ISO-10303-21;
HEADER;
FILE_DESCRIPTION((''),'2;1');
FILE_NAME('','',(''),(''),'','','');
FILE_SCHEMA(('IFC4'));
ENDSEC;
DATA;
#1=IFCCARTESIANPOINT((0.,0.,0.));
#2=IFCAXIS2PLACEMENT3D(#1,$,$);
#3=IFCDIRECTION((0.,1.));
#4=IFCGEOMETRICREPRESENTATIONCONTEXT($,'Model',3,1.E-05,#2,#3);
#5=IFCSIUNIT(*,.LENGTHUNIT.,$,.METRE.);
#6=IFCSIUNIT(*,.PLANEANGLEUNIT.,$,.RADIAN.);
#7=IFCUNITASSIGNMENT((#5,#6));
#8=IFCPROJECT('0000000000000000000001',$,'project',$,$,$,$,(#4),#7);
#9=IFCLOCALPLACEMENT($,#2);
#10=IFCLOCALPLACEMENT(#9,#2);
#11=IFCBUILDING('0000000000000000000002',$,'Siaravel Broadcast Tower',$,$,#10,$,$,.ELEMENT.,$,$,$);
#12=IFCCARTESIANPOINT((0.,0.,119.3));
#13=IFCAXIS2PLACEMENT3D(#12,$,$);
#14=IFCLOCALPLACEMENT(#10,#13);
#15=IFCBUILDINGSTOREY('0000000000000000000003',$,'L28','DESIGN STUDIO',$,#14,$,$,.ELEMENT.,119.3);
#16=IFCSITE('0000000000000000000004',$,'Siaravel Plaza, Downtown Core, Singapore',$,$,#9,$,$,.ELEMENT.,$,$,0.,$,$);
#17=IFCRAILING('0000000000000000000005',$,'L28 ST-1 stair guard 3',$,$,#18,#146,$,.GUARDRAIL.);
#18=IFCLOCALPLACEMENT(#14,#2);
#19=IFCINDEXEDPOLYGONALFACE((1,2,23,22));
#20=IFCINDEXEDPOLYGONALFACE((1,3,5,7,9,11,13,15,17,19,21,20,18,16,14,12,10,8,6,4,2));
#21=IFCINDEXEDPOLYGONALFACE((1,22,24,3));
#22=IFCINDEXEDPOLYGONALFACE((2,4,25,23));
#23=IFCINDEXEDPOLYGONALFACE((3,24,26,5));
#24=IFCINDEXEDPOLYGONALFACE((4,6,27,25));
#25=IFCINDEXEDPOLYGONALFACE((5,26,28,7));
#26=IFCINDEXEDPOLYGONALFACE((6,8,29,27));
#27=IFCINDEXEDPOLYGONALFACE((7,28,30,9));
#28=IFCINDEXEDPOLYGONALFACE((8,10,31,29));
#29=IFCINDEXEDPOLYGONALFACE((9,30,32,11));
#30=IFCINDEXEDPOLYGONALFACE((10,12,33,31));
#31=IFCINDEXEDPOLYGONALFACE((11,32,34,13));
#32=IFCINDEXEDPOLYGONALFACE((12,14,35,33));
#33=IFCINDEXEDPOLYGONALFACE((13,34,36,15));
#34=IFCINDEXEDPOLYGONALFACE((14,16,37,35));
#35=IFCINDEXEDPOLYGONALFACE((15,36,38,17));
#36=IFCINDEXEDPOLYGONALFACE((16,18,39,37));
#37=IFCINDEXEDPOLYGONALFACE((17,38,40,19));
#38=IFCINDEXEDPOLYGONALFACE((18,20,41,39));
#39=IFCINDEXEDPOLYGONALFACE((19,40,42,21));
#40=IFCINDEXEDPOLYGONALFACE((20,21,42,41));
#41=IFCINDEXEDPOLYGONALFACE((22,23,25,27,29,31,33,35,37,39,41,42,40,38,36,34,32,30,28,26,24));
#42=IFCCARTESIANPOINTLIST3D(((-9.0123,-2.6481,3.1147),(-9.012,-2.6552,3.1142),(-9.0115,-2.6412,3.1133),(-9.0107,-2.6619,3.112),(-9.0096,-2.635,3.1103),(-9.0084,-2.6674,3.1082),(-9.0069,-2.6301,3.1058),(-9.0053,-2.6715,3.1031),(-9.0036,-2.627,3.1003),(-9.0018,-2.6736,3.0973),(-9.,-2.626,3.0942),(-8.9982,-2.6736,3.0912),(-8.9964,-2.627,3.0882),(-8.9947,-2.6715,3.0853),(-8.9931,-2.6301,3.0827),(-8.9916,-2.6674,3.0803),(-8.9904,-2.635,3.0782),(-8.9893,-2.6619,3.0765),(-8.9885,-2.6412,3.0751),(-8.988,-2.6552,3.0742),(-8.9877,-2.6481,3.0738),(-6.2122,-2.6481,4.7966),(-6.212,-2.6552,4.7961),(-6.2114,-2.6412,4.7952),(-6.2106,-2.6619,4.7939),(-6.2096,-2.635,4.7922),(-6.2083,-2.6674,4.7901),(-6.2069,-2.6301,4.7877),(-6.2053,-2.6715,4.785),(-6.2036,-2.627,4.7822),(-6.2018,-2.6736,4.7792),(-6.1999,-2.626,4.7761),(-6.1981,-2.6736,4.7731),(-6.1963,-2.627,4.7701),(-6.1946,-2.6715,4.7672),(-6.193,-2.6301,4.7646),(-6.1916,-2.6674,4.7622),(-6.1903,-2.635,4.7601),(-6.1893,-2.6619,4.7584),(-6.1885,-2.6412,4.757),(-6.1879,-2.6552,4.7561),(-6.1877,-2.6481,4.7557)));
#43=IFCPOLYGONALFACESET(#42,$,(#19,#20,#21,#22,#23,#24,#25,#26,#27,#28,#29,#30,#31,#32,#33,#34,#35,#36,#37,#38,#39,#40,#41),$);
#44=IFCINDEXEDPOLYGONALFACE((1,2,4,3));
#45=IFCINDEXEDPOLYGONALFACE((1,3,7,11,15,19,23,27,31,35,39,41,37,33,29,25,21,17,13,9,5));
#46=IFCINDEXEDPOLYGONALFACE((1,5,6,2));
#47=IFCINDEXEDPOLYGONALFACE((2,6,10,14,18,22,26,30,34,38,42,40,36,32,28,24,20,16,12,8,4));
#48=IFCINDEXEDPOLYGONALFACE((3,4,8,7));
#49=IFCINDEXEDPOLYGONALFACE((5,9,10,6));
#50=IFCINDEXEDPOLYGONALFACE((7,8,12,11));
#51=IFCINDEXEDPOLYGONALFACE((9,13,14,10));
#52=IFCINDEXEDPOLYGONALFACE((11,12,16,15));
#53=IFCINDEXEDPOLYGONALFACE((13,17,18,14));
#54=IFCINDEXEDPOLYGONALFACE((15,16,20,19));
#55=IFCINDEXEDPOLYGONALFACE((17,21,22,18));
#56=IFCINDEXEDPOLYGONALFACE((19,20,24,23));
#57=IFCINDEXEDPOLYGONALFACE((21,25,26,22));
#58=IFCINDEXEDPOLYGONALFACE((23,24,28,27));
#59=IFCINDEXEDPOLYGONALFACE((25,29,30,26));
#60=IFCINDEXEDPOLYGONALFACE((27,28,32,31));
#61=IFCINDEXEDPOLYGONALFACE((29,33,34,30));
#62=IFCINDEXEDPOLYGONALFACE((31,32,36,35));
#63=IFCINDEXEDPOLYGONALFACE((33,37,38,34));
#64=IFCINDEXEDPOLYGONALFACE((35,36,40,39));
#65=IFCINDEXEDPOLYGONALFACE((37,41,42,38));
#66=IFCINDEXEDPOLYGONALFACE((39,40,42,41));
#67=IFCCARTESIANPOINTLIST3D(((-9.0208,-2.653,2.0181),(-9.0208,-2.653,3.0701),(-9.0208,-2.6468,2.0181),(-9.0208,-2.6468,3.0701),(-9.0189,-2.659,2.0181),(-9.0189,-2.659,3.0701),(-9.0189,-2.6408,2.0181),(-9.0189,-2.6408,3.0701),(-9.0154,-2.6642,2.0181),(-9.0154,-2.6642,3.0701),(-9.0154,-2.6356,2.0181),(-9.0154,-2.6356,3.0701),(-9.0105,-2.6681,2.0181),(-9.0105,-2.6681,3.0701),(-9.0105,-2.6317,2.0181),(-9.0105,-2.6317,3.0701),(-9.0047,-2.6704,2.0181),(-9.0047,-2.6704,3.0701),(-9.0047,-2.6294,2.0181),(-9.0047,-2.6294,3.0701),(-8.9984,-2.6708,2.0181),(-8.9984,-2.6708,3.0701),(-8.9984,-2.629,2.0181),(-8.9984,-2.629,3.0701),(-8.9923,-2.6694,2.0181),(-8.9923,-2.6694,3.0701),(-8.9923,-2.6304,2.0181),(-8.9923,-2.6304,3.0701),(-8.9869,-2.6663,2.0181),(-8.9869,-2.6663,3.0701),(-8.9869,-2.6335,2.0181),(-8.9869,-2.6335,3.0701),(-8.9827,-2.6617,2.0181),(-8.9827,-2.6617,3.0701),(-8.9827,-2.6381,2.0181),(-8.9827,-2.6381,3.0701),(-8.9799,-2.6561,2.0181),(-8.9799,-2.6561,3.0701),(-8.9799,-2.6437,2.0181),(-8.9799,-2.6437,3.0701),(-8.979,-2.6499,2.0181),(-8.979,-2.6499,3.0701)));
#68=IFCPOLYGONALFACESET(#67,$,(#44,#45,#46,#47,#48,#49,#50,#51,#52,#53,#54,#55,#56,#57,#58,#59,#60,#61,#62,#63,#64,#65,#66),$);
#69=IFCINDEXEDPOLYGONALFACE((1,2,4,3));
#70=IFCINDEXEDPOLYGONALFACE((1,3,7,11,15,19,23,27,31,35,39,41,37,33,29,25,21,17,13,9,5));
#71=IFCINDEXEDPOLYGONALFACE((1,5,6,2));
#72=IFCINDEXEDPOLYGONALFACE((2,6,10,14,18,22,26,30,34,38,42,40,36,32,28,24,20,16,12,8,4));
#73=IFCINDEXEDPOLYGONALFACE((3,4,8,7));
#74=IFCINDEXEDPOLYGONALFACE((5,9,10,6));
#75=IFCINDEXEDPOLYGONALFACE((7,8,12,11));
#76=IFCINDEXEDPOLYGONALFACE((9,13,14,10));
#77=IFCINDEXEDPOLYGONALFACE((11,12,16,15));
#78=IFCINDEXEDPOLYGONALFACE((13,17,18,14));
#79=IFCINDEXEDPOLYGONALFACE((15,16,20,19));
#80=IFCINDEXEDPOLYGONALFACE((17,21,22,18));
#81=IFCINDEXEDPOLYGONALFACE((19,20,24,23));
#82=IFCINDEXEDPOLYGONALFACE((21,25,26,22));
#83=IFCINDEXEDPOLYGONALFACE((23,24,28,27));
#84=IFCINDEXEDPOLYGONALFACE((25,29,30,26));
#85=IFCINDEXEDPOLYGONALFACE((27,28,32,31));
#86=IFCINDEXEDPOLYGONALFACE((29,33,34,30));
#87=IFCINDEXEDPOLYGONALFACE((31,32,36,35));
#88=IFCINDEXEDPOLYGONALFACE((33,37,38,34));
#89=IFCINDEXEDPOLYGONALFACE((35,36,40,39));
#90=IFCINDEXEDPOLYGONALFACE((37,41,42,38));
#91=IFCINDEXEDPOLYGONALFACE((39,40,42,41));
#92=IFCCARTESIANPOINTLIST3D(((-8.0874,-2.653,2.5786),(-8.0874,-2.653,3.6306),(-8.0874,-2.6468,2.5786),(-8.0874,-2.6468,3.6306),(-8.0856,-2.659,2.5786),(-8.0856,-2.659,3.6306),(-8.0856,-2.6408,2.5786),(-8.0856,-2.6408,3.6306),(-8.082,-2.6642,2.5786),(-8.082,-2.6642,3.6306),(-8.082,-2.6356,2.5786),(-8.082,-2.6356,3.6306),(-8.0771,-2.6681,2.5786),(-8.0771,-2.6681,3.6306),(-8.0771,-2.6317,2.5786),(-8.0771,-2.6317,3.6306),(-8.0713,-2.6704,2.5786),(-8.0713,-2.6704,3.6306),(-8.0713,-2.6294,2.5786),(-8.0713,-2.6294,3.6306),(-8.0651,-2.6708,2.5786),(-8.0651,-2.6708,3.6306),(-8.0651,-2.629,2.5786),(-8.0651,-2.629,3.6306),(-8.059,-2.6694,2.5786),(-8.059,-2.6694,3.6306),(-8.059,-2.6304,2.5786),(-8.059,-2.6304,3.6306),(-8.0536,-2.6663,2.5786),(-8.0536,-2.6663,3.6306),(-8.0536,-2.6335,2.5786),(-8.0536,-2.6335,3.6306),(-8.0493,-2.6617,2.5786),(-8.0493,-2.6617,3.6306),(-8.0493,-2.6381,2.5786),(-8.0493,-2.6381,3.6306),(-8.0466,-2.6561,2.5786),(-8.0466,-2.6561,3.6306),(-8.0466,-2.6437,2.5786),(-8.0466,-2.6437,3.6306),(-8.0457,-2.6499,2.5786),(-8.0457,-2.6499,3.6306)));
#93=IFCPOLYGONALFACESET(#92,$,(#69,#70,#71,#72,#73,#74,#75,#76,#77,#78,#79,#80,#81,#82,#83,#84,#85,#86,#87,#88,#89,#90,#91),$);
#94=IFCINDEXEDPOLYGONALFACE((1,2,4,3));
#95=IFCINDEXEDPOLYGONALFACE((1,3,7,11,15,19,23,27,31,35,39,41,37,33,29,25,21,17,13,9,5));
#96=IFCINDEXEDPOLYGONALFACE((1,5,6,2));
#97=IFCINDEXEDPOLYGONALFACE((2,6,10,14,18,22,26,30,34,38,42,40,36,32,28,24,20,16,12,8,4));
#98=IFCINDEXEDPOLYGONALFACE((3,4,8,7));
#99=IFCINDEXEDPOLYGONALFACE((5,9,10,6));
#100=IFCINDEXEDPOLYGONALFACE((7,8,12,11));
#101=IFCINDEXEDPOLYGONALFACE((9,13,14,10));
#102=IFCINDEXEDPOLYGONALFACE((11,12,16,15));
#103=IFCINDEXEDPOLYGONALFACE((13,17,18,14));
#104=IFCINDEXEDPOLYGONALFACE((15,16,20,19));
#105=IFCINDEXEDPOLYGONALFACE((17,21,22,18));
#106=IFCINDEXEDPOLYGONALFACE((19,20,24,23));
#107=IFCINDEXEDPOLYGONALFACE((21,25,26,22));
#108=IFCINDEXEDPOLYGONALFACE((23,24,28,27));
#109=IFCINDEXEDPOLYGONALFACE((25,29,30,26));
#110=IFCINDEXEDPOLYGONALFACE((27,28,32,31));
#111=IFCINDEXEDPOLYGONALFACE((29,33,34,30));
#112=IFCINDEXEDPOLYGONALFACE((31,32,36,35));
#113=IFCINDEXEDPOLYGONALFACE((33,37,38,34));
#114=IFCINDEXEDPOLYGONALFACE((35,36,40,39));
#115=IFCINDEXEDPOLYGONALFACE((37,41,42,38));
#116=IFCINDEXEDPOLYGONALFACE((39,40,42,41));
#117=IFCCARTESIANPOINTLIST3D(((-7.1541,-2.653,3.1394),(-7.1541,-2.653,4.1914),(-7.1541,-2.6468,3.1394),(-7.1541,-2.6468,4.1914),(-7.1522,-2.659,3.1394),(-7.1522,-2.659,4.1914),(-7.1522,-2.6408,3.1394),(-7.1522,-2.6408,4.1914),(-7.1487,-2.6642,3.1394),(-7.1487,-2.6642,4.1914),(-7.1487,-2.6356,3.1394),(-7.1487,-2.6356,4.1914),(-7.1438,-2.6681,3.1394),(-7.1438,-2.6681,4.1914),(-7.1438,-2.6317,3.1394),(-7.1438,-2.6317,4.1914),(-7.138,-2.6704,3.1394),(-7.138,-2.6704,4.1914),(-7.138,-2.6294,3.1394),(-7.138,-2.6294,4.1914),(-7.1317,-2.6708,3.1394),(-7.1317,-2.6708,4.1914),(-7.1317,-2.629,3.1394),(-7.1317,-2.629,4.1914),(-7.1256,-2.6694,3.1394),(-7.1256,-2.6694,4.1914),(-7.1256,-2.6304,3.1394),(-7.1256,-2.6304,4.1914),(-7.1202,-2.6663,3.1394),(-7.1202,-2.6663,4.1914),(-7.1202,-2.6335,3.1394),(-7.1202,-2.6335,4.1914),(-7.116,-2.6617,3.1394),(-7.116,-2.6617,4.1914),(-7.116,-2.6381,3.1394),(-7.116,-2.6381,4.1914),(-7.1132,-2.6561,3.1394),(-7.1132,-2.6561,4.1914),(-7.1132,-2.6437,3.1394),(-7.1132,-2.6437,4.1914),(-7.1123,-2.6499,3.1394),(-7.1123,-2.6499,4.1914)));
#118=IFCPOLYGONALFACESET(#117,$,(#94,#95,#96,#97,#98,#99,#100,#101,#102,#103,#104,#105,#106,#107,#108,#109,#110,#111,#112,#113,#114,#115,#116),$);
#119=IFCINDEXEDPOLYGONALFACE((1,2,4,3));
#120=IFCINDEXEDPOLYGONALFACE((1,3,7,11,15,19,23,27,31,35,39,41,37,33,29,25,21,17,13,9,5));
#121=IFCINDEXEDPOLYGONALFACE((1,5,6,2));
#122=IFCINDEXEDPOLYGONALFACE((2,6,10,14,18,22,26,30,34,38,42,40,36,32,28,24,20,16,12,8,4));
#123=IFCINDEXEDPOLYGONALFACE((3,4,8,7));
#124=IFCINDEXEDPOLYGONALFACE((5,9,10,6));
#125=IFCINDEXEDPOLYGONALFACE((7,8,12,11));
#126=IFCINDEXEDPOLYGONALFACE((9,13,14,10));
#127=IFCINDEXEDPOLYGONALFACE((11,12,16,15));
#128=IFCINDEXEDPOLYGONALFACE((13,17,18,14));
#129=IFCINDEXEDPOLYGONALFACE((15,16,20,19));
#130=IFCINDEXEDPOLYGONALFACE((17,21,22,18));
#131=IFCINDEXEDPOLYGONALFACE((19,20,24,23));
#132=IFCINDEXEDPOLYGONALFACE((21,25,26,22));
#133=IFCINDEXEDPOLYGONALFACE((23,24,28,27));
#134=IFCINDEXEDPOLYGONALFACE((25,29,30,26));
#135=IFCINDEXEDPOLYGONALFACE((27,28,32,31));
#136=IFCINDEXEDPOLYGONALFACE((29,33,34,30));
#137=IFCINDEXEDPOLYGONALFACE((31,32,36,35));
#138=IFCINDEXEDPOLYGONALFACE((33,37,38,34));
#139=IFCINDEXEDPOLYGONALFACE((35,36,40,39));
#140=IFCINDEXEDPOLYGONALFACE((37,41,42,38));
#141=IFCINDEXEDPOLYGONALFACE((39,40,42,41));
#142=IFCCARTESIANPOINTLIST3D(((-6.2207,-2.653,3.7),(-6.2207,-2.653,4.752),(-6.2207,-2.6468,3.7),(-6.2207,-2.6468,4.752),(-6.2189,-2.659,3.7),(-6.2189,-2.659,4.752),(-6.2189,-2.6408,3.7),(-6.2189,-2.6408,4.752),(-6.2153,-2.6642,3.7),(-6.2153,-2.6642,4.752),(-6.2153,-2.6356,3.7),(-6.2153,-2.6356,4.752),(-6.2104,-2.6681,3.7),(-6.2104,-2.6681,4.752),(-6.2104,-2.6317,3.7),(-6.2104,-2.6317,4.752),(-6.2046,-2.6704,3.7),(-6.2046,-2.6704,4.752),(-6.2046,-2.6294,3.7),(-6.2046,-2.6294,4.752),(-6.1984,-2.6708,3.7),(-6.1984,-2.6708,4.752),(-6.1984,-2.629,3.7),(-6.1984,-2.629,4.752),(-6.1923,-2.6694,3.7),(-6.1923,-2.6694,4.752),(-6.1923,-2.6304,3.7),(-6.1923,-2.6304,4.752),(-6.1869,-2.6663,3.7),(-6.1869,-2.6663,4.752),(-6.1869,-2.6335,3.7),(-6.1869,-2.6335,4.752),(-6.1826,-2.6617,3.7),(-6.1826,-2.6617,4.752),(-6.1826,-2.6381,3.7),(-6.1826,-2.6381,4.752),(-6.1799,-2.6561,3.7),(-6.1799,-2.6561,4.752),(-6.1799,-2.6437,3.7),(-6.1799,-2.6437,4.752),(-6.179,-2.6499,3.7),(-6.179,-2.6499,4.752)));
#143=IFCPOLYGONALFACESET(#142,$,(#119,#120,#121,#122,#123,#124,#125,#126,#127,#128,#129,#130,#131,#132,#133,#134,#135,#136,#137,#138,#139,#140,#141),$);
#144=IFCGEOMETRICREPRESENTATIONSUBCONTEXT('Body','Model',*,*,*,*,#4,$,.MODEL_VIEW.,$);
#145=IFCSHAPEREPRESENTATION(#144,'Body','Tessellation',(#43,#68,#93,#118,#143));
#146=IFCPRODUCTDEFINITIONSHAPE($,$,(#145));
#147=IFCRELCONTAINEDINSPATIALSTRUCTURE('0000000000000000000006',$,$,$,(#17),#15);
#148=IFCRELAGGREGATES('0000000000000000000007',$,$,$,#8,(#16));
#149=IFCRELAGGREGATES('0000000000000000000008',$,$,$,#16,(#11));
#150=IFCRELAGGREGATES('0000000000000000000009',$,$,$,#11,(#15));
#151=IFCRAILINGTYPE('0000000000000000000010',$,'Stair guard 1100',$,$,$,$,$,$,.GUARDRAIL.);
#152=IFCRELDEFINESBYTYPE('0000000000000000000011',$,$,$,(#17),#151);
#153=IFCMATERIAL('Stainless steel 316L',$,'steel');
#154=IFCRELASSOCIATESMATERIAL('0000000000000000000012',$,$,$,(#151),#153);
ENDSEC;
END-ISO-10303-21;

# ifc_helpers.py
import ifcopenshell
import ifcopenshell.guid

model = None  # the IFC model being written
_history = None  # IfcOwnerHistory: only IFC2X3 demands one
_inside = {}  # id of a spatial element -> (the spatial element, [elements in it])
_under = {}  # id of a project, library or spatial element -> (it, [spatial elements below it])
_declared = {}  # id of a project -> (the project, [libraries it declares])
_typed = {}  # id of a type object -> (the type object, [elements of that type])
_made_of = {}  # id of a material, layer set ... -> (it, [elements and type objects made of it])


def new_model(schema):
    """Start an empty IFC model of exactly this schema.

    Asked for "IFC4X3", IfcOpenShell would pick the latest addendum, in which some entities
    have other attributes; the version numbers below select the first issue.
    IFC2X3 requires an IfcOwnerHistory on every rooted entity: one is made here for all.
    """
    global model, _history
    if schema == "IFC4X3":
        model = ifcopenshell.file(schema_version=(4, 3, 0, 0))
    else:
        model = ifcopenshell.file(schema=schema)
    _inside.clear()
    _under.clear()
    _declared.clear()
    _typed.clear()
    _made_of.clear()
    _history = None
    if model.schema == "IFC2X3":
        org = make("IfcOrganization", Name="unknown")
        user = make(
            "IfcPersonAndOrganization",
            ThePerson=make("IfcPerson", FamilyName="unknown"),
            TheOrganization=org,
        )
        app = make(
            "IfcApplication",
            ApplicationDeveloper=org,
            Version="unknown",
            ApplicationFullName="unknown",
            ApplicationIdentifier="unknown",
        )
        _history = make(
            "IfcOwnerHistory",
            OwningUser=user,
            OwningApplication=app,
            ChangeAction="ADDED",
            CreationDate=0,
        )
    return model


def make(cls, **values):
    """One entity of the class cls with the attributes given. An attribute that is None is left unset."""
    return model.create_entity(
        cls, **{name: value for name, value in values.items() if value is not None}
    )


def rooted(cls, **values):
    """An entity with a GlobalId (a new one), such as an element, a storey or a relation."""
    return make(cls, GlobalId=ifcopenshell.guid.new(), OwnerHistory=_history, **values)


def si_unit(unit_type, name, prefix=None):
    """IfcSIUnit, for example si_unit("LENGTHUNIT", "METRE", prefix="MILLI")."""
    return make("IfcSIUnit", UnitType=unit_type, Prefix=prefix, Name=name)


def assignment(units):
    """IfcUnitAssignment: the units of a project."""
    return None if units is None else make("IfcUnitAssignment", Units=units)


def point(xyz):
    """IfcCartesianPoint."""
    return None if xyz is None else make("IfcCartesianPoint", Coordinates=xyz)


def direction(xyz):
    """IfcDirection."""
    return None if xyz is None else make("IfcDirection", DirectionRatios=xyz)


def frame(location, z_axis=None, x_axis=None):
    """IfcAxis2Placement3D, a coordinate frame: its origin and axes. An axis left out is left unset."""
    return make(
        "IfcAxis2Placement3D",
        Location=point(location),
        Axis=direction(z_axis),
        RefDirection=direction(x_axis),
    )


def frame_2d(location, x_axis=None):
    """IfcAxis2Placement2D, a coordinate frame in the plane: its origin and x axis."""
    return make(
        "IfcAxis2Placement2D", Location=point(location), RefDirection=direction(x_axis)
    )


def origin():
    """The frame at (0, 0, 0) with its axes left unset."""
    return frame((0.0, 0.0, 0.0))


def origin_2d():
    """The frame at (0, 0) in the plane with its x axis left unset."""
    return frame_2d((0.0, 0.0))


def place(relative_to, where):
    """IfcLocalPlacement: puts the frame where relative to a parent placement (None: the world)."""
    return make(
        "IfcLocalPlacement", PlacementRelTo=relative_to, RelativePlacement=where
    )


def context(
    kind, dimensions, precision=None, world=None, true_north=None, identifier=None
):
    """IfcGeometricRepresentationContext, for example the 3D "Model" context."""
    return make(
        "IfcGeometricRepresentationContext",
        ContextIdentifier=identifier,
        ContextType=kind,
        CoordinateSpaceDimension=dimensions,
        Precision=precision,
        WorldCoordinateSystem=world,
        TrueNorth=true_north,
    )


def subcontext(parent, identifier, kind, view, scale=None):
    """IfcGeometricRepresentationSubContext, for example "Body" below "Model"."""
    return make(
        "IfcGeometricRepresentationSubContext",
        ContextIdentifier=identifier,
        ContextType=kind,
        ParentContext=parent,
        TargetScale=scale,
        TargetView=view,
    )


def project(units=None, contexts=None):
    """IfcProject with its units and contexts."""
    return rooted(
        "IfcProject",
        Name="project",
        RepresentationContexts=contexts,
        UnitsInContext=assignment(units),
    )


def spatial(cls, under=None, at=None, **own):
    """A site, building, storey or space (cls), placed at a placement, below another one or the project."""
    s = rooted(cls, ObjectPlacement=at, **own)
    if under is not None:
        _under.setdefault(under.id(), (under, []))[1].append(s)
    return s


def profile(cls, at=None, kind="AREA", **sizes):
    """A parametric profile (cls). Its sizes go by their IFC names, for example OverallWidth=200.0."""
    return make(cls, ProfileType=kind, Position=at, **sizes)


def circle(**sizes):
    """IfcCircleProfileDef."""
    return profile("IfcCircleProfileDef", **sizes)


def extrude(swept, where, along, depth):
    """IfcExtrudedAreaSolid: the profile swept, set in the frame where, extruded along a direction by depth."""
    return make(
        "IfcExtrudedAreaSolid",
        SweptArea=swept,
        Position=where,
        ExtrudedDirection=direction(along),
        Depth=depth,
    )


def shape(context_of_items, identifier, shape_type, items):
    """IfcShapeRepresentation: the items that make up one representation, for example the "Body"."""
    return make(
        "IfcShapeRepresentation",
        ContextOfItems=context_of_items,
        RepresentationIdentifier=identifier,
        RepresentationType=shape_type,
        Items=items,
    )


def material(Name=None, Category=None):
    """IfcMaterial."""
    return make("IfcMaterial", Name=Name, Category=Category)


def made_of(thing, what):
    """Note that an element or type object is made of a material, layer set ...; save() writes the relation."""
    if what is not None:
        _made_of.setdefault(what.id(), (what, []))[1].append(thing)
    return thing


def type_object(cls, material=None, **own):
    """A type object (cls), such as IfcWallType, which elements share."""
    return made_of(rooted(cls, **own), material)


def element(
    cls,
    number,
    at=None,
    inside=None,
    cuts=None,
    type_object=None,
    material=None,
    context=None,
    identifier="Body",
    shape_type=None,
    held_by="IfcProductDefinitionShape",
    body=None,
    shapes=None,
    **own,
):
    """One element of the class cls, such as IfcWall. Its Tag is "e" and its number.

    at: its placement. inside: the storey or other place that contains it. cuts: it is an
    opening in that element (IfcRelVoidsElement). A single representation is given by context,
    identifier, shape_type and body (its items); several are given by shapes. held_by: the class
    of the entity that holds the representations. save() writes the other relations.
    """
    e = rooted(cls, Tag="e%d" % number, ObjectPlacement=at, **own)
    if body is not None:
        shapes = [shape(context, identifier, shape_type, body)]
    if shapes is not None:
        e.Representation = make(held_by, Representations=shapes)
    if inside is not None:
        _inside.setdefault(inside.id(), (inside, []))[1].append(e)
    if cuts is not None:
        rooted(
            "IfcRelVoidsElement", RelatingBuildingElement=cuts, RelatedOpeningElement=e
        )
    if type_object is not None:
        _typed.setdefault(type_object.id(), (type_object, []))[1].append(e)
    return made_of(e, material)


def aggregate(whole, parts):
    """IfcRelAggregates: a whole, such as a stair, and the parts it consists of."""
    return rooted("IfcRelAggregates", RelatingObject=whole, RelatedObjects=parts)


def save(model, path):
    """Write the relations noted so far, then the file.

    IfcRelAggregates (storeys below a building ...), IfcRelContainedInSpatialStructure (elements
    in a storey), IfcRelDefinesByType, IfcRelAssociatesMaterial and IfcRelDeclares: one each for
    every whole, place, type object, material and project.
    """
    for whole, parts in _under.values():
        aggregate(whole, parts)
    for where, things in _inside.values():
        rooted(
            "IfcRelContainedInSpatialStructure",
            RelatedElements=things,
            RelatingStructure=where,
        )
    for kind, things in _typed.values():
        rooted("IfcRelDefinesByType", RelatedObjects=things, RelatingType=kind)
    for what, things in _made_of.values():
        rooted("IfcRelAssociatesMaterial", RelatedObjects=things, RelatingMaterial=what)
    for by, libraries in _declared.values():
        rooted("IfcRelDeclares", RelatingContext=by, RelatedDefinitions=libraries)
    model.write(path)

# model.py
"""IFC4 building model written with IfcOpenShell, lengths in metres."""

from ifc_helpers import new_model, si_unit, direction, frame, origin, origin_2d, place, context, subcontext, project, spatial, circle, extrude, material, type_object, element, save


model = new_model("IFC4")

# Units and contexts
model_context = context("Model", 3, precision=1e-05, world=origin(), true_north=direction((0.0, 1.0)))
body_context = subcontext(model_context, "Body", "Model", "MODEL_VIEW")
ifc_project = project(units=[si_unit("LENGTHUNIT", "METRE"), si_unit("PLANEANGLEUNIT", "RADIAN")], contexts=[model_context])

# Site, building, storey
site_placement = place(None, origin())
site = spatial("IfcSite", under=ifc_project, at=site_placement, Name="Siaravel Plaza, Downtown Core, Singapore", CompositionType="ELEMENT", RefElevation=0.0)
building_placement = place(site_placement, origin())
building = spatial("IfcBuilding", under=site, at=building_placement, Name="Siaravel Broadcast Tower", CompositionType="ELEMENT")
storey_placement = place(building_placement, frame((0.0, 0.0, 119.3)))
storey = spatial("IfcBuildingStorey", under=building, at=storey_placement, Name="L28", Description="DESIGN STUDIO", CompositionType="ELEMENT", Elevation=119.3)

# Shared definitions
ifc_material_1 = material(Name="Stainless steel 316L", Category="steel")

# Railing
railing_type_1 = type_object("IfcRailingType", Name="Stair guard 1100", PredefinedType="GUARDRAIL", material=ifc_material_1)
railing_1_placement = place(storey_placement, frame((-9.0, -2.6499, 2.0181)))
element("IfcRailing", 1, at=railing_1_placement, inside=storey, type_object=railing_type_1, Name="L28 ST-1 stair guard 3", PredefinedType="GUARDRAIL", context=body_context, shape_type="SweptSolid", body=[
    extrude(circle(Radius=0.0239, at=origin_2d()), frame((0.0, 0.0, 1.0762), z_axis=(0.857242, 0.0, 0.514913), x_axis=(0.0, 1.0, 0.0)), (0.0, 0.0, 1.0), 3.2664),
    extrude(circle(Radius=0.021, at=origin_2d()), origin(), (0.0, 0.0, 1.0), 1.052),
    extrude(circle(Radius=0.021, at=origin_2d()), frame((0.9333, 0.0, 0.5605)), (0.0, 0.0, 1.0), 1.052),
    extrude(circle(Radius=0.021, at=origin_2d()), frame((1.8667, 0.0, 1.1213)), (0.0, 0.0, 1.0), 1.052),
    extrude(circle(Radius=0.021, at=origin_2d()), frame((2.8, 0.0, 1.6819)), (0.0, 0.0, 1.0), 1.052),
])

save(model, "model.ifc")
